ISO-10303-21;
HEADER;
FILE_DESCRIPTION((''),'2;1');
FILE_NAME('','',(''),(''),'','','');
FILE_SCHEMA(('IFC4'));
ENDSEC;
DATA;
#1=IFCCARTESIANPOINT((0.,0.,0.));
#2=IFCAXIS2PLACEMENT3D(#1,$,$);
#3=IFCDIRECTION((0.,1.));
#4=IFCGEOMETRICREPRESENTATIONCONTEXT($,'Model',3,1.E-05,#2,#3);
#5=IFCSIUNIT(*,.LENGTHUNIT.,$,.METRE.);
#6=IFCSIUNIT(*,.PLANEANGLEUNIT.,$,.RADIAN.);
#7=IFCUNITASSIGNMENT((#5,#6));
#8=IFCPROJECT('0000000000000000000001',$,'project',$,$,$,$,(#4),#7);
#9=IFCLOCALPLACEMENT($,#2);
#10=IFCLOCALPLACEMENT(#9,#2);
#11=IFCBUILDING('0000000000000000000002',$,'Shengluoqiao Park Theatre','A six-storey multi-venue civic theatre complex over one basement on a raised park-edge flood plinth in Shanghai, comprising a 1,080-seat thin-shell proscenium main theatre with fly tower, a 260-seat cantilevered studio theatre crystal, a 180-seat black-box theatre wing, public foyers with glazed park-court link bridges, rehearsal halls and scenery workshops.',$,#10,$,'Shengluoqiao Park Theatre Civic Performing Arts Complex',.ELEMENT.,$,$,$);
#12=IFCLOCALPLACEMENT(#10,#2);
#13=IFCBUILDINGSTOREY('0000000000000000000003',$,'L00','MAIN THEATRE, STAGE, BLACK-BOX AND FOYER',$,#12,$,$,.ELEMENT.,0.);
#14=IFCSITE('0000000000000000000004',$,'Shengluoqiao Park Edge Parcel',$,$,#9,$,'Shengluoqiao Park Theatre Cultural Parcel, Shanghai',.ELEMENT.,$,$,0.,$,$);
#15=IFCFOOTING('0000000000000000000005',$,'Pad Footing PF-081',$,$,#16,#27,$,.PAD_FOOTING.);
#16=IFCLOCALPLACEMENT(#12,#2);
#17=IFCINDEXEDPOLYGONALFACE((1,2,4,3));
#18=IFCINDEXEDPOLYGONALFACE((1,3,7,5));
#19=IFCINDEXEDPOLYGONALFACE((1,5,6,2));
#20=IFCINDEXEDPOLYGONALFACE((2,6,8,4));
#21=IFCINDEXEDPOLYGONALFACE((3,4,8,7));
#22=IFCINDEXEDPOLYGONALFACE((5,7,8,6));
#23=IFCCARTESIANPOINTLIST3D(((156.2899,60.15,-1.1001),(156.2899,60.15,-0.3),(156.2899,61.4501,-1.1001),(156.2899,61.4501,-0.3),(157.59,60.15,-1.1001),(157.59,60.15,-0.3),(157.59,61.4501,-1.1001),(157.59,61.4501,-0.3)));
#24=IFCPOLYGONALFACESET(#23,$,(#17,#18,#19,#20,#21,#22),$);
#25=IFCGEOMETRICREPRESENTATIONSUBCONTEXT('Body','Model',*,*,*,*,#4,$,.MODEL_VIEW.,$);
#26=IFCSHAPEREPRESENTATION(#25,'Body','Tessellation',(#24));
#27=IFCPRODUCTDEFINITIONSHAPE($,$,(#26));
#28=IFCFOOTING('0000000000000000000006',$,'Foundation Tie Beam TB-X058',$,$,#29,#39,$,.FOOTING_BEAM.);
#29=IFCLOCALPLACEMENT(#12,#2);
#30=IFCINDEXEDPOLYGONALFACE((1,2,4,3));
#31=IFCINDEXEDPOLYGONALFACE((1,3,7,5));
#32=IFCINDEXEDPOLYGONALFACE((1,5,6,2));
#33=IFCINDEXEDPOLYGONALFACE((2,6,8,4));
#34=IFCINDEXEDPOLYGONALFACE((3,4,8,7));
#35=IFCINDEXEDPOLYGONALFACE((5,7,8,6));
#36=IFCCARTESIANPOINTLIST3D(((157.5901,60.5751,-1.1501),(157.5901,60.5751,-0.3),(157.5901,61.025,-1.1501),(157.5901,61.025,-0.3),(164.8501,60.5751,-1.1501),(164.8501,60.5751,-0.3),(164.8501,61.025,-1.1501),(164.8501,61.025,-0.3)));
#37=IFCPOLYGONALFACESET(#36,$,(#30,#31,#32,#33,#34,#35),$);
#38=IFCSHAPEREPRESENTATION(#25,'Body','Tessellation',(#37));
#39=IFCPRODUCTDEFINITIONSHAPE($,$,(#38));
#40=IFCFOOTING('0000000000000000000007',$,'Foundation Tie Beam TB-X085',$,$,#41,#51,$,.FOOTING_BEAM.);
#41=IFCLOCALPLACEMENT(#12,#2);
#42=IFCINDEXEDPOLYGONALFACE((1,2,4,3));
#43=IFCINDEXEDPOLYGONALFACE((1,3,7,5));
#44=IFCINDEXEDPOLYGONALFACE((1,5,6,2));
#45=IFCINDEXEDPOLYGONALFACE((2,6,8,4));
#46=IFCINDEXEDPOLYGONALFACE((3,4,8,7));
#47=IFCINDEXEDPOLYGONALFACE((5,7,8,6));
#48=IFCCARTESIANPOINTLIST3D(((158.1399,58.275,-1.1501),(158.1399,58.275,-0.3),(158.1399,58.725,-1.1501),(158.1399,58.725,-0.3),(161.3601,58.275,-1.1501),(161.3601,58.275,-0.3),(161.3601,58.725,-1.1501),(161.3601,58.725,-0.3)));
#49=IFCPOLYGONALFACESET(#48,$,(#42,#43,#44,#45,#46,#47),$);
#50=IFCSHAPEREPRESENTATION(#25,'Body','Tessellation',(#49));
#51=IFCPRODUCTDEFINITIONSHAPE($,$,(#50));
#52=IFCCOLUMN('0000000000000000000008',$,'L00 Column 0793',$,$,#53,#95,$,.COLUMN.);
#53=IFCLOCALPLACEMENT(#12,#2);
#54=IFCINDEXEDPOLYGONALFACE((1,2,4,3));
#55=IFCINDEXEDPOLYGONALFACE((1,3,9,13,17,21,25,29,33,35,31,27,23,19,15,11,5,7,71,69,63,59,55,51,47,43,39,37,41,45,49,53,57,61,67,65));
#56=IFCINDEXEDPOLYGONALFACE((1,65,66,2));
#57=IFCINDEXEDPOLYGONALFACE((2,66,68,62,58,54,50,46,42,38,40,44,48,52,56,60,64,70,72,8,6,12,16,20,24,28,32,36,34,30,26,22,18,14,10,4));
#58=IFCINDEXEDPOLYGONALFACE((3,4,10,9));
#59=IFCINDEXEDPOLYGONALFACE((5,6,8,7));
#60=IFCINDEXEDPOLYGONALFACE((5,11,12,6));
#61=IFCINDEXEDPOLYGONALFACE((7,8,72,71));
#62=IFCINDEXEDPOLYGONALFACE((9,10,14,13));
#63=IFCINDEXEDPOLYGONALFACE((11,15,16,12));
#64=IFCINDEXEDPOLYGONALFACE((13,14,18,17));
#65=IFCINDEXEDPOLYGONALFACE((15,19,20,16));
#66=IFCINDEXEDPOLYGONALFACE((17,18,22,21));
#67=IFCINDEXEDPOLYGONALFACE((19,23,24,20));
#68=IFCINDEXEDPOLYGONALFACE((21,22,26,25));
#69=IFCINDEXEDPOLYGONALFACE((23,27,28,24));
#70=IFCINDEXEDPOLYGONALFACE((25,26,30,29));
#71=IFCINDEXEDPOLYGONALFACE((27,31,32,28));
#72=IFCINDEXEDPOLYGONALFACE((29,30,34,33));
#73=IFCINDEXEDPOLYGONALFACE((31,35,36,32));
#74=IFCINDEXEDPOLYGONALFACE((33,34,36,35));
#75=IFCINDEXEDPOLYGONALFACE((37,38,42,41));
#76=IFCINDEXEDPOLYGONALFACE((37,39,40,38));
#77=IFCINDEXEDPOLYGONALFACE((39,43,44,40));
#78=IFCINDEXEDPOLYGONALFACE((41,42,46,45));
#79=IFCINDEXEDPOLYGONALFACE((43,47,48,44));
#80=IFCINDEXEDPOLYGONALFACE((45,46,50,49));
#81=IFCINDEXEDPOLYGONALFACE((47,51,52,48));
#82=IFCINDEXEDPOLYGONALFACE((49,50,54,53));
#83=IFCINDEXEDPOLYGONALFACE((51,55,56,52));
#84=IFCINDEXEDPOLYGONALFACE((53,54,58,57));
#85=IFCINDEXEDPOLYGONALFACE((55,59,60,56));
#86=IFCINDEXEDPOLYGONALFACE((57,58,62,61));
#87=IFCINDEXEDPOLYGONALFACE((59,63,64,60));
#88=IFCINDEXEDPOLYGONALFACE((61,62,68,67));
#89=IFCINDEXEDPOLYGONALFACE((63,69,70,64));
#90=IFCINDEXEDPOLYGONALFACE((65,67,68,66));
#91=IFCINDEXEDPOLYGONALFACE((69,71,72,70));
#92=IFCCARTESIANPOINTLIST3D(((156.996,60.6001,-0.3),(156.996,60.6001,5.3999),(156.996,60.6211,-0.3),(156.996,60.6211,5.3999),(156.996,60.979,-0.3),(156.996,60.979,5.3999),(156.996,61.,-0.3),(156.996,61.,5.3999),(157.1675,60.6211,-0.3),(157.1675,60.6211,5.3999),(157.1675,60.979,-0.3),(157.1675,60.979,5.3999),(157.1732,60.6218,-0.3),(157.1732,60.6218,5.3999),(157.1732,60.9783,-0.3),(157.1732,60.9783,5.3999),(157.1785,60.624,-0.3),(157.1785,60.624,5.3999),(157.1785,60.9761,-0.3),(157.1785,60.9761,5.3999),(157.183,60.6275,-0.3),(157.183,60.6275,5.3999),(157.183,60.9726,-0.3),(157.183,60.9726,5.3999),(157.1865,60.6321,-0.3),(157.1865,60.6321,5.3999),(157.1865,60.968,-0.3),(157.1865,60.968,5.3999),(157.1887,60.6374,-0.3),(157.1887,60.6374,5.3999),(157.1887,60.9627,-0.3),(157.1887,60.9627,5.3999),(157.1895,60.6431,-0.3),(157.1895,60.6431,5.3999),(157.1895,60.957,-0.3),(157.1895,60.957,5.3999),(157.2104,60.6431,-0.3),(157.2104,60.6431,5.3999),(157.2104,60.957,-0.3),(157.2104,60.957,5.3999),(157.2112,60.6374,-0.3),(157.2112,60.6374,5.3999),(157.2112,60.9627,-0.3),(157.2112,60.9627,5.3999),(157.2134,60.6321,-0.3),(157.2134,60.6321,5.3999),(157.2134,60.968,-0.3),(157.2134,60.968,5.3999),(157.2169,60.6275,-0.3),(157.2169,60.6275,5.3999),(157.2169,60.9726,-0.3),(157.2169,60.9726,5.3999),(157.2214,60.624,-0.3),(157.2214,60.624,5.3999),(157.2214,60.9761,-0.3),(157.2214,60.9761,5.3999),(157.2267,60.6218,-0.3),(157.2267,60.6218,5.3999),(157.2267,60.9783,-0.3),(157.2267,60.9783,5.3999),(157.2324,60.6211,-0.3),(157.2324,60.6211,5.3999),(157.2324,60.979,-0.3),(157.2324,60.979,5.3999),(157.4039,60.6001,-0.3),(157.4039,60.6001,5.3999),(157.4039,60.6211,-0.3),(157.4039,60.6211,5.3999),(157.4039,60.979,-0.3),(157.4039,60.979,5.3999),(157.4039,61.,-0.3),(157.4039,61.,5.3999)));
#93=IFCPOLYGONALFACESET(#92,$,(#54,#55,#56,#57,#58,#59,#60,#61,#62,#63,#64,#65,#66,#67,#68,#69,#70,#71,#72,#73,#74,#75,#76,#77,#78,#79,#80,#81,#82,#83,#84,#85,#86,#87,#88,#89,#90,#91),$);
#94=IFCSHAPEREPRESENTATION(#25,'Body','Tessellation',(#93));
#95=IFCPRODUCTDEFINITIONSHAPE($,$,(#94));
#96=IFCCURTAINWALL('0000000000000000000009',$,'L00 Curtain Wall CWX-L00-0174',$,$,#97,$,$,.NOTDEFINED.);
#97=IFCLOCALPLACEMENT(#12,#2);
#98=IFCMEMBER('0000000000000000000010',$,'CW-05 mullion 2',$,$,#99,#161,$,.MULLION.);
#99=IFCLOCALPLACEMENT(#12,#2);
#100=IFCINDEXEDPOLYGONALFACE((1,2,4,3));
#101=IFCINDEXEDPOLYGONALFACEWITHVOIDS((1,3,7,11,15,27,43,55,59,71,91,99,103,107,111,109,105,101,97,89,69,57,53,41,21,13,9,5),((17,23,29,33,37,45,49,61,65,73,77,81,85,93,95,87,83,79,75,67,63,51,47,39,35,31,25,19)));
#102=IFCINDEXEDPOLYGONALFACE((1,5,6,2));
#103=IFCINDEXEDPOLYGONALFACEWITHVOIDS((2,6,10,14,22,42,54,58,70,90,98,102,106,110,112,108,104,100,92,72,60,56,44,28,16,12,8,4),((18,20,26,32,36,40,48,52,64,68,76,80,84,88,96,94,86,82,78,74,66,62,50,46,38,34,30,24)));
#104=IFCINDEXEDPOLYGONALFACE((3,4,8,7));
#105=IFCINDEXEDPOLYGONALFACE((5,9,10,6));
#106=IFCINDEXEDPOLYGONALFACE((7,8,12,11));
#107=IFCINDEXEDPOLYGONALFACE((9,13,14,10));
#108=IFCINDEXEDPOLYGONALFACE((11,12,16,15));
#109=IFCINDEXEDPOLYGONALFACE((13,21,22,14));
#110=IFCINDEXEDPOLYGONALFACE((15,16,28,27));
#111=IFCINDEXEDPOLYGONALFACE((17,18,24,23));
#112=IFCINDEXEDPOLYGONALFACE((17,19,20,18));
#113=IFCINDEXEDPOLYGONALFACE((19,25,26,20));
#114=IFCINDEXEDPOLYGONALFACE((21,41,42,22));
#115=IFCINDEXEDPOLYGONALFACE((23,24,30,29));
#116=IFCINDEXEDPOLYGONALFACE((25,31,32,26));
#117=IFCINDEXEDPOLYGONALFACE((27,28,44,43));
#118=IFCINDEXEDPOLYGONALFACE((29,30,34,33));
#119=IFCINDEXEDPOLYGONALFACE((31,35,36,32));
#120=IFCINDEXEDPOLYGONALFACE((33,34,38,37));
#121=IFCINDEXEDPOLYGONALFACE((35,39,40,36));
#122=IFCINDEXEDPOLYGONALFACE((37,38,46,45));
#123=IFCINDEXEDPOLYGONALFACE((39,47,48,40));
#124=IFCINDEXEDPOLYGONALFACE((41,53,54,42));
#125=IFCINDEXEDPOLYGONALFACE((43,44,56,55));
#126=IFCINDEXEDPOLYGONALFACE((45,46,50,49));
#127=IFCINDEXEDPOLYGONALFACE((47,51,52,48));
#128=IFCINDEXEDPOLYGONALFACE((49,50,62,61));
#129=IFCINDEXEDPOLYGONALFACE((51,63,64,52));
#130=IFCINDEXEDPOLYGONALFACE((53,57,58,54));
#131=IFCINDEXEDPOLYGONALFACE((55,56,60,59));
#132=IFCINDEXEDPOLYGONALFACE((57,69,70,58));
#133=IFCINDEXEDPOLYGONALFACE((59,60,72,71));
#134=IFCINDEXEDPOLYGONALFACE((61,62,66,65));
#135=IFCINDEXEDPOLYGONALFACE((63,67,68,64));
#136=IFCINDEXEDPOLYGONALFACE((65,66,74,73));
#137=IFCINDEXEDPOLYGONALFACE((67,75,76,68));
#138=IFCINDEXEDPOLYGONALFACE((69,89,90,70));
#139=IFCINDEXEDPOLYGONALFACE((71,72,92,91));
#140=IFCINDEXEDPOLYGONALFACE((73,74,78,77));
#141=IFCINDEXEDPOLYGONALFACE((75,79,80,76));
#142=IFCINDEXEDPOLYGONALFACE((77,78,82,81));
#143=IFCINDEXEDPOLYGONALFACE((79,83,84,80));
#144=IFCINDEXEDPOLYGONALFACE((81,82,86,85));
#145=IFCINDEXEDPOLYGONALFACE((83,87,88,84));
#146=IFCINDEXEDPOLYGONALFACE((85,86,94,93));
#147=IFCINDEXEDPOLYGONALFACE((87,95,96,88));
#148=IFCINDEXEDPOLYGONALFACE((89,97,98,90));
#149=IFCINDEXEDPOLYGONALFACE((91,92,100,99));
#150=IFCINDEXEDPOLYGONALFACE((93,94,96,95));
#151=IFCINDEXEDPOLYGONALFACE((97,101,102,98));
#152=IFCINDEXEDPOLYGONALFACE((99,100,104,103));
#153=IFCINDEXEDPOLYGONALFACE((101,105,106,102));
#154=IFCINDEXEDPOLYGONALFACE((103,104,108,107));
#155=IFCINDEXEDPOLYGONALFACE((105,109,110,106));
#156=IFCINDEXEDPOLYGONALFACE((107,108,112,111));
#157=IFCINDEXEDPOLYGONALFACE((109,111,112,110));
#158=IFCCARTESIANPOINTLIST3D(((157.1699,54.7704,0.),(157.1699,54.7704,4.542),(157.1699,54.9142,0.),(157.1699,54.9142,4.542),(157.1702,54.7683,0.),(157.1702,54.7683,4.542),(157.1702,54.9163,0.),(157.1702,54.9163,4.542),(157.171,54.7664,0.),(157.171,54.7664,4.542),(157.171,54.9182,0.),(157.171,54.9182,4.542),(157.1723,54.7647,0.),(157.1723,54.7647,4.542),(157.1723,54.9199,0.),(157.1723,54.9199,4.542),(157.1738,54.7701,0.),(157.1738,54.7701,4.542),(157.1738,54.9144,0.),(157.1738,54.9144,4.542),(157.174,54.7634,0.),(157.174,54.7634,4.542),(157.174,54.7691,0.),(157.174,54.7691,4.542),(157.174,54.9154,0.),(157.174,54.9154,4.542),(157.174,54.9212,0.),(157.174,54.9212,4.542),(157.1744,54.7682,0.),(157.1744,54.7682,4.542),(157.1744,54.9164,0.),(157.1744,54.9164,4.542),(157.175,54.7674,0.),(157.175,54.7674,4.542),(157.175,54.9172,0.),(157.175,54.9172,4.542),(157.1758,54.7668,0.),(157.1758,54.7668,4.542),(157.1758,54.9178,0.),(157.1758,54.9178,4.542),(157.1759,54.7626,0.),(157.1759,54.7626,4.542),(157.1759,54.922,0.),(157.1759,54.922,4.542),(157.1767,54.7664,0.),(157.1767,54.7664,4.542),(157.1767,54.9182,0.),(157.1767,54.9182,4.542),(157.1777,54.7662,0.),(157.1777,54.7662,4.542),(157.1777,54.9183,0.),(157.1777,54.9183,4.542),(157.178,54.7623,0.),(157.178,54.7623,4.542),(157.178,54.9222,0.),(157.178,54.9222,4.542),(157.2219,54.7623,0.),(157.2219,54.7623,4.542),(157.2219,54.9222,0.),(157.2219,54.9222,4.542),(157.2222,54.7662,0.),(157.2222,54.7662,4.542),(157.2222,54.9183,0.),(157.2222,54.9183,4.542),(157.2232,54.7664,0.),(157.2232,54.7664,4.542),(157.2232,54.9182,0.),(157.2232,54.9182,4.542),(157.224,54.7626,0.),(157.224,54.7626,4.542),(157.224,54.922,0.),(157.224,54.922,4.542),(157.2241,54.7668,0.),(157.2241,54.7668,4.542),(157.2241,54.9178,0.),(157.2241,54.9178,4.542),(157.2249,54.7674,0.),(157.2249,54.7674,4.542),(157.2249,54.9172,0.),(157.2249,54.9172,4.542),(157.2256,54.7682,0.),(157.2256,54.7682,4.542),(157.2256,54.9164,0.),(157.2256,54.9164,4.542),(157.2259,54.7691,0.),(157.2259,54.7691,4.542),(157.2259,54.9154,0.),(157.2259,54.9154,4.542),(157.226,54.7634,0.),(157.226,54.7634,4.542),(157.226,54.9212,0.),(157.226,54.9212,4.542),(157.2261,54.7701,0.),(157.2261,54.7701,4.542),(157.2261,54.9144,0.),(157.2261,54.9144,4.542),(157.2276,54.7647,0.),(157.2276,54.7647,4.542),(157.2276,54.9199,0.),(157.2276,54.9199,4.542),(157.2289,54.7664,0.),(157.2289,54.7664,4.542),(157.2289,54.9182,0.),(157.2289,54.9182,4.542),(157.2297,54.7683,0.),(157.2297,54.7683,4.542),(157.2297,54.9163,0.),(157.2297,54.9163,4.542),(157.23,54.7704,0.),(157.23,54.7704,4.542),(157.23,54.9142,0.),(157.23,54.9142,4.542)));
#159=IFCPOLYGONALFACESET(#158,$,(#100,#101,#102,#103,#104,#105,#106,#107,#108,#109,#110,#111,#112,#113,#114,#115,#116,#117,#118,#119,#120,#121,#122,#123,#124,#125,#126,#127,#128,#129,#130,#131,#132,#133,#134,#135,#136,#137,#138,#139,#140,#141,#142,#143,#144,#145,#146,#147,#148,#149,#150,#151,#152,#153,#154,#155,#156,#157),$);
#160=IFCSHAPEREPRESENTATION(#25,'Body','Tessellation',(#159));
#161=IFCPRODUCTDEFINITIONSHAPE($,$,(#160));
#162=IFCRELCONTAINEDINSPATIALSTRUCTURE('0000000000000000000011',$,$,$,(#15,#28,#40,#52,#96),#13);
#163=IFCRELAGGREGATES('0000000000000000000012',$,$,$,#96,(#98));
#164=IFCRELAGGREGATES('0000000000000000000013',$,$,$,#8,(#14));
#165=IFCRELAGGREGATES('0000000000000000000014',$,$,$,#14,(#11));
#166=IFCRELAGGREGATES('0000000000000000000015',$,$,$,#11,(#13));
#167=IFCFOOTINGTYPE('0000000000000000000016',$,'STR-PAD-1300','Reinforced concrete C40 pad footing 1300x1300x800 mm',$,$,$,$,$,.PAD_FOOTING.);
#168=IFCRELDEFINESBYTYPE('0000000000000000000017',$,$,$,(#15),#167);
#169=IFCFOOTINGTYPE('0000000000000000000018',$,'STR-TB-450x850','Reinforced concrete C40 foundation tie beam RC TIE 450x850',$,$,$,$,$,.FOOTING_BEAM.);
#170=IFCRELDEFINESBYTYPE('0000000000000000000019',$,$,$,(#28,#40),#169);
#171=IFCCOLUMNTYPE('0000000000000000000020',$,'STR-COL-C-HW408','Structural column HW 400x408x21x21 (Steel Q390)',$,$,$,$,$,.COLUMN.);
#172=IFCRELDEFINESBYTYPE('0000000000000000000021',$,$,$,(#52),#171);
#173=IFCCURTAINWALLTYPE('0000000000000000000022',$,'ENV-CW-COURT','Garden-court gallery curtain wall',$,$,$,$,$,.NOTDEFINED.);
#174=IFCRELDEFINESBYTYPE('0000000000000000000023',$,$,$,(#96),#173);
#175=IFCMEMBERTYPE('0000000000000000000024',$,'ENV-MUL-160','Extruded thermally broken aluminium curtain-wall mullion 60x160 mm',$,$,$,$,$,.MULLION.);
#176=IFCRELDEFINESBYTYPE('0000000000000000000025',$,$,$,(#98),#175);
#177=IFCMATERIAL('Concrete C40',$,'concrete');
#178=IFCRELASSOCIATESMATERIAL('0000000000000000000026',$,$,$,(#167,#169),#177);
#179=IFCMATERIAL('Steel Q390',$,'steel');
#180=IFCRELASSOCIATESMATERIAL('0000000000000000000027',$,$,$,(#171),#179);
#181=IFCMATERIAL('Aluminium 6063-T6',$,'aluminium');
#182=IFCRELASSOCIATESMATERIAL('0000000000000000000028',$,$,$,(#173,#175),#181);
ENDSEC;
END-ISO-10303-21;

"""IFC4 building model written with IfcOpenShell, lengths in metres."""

from ifc_helpers import new_model, si_unit, direction, frame, origin, origin_2d, place, context, subcontext, project, spatial, rectangle, hollow_rectangle, i_section, extrude, material, material_profile, profile_set, type_object, element, aggregate, save


model = new_model("IFC4")

# Units and contexts
model_context = context("Model", 3, precision=1e-05, world=origin(), true_north=direction((0.0, 1.0)))
body_context = subcontext(model_context, "Body", "Model", "MODEL_VIEW")
ifc_project = project(units=[si_unit("LENGTHUNIT", "METRE"), si_unit("PLANEANGLEUNIT", "RADIAN")], contexts=[model_context])

# Site, building, storey
site_placement = place(None, origin())
site = spatial("IfcSite", under=ifc_project, at=site_placement, Name="Shengluoqiao Park Edge Parcel", LongName="Shengluoqiao Park Theatre Cultural Parcel, Shanghai", CompositionType="ELEMENT", RefElevation=0.0)
building_placement = place(site_placement, origin())
building = spatial("IfcBuilding", under=site, at=building_placement, Name="Shengluoqiao Park Theatre", Description="A six-storey multi-venue civic theatre complex over one basement on a raised park-edge flood plinth in Shanghai, comprising a 1,080-seat thin-shell proscenium main theatre with fly tower, a 260-seat cantilevered studio theatre crystal, a 180-seat black-box theatre wing, public foyers with glazed park-court link bridges, rehearsal halls and scenery workshops.", LongName="Shengluoqiao Park Theatre Civic Performing Arts Complex", CompositionType="ELEMENT")
storey_placement = place(building_placement, origin())
storey = spatial("IfcBuildingStorey", under=building, at=storey_placement, Name="L00", Description="MAIN THEATRE, STAGE, BLACK-BOX AND FOYER", CompositionType="ELEMENT", Elevation=0.0)

# Footings
ifc_material_1 = material(Name="Concrete C40", Category="concrete")
footing_type_1 = type_object("IfcFootingType", Name="STR-PAD-1300", Description="Reinforced concrete C40 pad footing 1300x1300x800 mm", PredefinedType="PAD_FOOTING", material=ifc_material_1)
footing_1_placement = place(storey_placement, frame((156.9399, 60.8, -1.1001), z_axis=(0.0, 0.0, 1.0), x_axis=(1.0, 0.0, 0.0)))
element("IfcFooting", 1, at=footing_1_placement, inside=storey, type_object=footing_type_1, Name="Pad Footing PF-081", PredefinedType="PAD_FOOTING", context=body_context, shape_type="SweptSolid", body=[
    extrude(rectangle(XDim=1.3, YDim=1.3, at=origin_2d()), origin(), (0.0, 0.0, 1.0), 0.8),
])
ifc_material_profile_1 = material_profile(ifc_material_1, rectangle(XDim=0.45, YDim=0.8501, at=origin_2d()), Name="RC TIE 450x850")
ifc_profile_set_1 = profile_set([ifc_material_profile_1], Name="Concrete C40")
footing_type_2 = type_object("IfcFootingType", Name="STR-TB-450x850", Description="Reinforced concrete C40 foundation tie beam RC TIE 450x850", PredefinedType="FOOTING_BEAM", material=ifc_profile_set_1)
footing_2_placement = place(storey_placement, frame((157.5901, 60.8, -0.7251), z_axis=(1.0, 0.0, 0.0), x_axis=(0.0, 1.0, 0.0)))
element("IfcFooting", 2, at=footing_2_placement, inside=storey, type_object=footing_type_2, Name="Foundation Tie Beam TB-X058", PredefinedType="FOOTING_BEAM", context=body_context, shape_type="SweptSolid", body=[
    extrude(rectangle(XDim=0.45, YDim=0.8501, at=origin_2d()), origin(), (0.0, 0.0, 1.0), 7.26),
])
footing_3_placement = place(storey_placement, frame((158.1399, 58.5, -0.7251), z_axis=(1.0, 0.0, 0.0), x_axis=(0.0, 1.0, 0.0)))
element("IfcFooting", 3, at=footing_3_placement, inside=storey, type_object=footing_type_2, Name="Foundation Tie Beam TB-X085", PredefinedType="FOOTING_BEAM", context=body_context, shape_type="SweptSolid", body=[
    extrude(rectangle(XDim=0.45, YDim=0.8501, at=origin_2d()), origin(), (0.0, 0.0, 1.0), 3.2202),
])

# Column
ifc_material_2 = material(Name="Steel Q390", Category="steel")
ifc_material_profile_2 = material_profile(ifc_material_2, i_section(OverallWidth=0.408, OverallDepth=0.3999, WebThickness=0.021, FlangeThickness=0.021, FilletRadius=0.022, at=origin_2d()), Name="HW 400x408x21x21")
ifc_profile_set_2 = profile_set([ifc_material_profile_2], Name="Steel Q390")
column_type = type_object("IfcColumnType", Name="STR-COL-C-HW408", Description="Structural column HW 400x408x21x21 (Steel Q390)", PredefinedType="COLUMN", material=ifc_profile_set_2)
column_placement = place(storey_placement, frame((157.2, 60.8, -0.3), z_axis=(0.0, 0.0, 1.0), x_axis=(1.0, 0.0, 0.0)))
element("IfcColumn", 4, at=column_placement, inside=storey, type_object=column_type, Name="L00 Column 0793", PredefinedType="COLUMN", context=body_context, shape_type="SweptSolid", body=[
    extrude(i_section(OverallWidth=0.408, OverallDepth=0.3999, WebThickness=0.021, FlangeThickness=0.021, FilletRadius=0.022, at=origin_2d()), origin(), (0.0, 0.0, 1.0), 5.7),
])

# Curtain wall, member
ifc_material_3 = material(Name="Aluminium 6063-T6", Category="aluminium")
curtain_wall_type = type_object("IfcCurtainWallType", Name="ENV-CW-COURT", Description="Garden-court gallery curtain wall", PredefinedType="NOTDEFINED", material=ifc_material_3)
curtain_wall_placement = place(storey_placement, origin())
curtain_wall = element("IfcCurtainWall", 5, at=curtain_wall_placement, inside=storey, type_object=curtain_wall_type, Name="L00 Curtain Wall CWX-L00-0174", PredefinedType="NOTDEFINED")
ifc_material_profile_3 = material_profile(ifc_material_3, hollow_rectangle(XDim=0.0601, YDim=0.1599, WallThickness=0.0039, InnerFilletRadius=0.0039, OuterFilletRadius=0.0081, at=origin_2d()), Name="ALU MULLION 160x60x4")
ifc_profile_set_3 = profile_set([ifc_material_profile_3], Name="Aluminium 6063-T6")
member_type_1 = type_object("IfcMemberType", Name="ENV-MUL-160", Description="Extruded thermally broken aluminium curtain-wall mullion 60x160 mm", PredefinedType="MULLION", material=ifc_profile_set_3)
member_1_placement = place(storey_placement, frame((157.2, 54.8423, 0.0), z_axis=(0.0, 0.0, 1.0), x_axis=(-1.0, 0.0, 0.0)))
member_1 = element("IfcMember", 6, at=member_1_placement, type_object=member_type_1, Name="CW-05 mullion 2", PredefinedType="MULLION", context=body_context, shape_type="SweptSolid", body=[
    extrude(hollow_rectangle(XDim=0.0601, YDim=0.1599, WallThickness=0.0039, InnerFilletRadius=0.0039, OuterFilletRadius=0.0081, at=origin_2d()), origin(), (0.0, 0.0, 1.0), 4.542),
])
aggregate(curtain_wall, [member_1])

save(model, "model.ifc")
